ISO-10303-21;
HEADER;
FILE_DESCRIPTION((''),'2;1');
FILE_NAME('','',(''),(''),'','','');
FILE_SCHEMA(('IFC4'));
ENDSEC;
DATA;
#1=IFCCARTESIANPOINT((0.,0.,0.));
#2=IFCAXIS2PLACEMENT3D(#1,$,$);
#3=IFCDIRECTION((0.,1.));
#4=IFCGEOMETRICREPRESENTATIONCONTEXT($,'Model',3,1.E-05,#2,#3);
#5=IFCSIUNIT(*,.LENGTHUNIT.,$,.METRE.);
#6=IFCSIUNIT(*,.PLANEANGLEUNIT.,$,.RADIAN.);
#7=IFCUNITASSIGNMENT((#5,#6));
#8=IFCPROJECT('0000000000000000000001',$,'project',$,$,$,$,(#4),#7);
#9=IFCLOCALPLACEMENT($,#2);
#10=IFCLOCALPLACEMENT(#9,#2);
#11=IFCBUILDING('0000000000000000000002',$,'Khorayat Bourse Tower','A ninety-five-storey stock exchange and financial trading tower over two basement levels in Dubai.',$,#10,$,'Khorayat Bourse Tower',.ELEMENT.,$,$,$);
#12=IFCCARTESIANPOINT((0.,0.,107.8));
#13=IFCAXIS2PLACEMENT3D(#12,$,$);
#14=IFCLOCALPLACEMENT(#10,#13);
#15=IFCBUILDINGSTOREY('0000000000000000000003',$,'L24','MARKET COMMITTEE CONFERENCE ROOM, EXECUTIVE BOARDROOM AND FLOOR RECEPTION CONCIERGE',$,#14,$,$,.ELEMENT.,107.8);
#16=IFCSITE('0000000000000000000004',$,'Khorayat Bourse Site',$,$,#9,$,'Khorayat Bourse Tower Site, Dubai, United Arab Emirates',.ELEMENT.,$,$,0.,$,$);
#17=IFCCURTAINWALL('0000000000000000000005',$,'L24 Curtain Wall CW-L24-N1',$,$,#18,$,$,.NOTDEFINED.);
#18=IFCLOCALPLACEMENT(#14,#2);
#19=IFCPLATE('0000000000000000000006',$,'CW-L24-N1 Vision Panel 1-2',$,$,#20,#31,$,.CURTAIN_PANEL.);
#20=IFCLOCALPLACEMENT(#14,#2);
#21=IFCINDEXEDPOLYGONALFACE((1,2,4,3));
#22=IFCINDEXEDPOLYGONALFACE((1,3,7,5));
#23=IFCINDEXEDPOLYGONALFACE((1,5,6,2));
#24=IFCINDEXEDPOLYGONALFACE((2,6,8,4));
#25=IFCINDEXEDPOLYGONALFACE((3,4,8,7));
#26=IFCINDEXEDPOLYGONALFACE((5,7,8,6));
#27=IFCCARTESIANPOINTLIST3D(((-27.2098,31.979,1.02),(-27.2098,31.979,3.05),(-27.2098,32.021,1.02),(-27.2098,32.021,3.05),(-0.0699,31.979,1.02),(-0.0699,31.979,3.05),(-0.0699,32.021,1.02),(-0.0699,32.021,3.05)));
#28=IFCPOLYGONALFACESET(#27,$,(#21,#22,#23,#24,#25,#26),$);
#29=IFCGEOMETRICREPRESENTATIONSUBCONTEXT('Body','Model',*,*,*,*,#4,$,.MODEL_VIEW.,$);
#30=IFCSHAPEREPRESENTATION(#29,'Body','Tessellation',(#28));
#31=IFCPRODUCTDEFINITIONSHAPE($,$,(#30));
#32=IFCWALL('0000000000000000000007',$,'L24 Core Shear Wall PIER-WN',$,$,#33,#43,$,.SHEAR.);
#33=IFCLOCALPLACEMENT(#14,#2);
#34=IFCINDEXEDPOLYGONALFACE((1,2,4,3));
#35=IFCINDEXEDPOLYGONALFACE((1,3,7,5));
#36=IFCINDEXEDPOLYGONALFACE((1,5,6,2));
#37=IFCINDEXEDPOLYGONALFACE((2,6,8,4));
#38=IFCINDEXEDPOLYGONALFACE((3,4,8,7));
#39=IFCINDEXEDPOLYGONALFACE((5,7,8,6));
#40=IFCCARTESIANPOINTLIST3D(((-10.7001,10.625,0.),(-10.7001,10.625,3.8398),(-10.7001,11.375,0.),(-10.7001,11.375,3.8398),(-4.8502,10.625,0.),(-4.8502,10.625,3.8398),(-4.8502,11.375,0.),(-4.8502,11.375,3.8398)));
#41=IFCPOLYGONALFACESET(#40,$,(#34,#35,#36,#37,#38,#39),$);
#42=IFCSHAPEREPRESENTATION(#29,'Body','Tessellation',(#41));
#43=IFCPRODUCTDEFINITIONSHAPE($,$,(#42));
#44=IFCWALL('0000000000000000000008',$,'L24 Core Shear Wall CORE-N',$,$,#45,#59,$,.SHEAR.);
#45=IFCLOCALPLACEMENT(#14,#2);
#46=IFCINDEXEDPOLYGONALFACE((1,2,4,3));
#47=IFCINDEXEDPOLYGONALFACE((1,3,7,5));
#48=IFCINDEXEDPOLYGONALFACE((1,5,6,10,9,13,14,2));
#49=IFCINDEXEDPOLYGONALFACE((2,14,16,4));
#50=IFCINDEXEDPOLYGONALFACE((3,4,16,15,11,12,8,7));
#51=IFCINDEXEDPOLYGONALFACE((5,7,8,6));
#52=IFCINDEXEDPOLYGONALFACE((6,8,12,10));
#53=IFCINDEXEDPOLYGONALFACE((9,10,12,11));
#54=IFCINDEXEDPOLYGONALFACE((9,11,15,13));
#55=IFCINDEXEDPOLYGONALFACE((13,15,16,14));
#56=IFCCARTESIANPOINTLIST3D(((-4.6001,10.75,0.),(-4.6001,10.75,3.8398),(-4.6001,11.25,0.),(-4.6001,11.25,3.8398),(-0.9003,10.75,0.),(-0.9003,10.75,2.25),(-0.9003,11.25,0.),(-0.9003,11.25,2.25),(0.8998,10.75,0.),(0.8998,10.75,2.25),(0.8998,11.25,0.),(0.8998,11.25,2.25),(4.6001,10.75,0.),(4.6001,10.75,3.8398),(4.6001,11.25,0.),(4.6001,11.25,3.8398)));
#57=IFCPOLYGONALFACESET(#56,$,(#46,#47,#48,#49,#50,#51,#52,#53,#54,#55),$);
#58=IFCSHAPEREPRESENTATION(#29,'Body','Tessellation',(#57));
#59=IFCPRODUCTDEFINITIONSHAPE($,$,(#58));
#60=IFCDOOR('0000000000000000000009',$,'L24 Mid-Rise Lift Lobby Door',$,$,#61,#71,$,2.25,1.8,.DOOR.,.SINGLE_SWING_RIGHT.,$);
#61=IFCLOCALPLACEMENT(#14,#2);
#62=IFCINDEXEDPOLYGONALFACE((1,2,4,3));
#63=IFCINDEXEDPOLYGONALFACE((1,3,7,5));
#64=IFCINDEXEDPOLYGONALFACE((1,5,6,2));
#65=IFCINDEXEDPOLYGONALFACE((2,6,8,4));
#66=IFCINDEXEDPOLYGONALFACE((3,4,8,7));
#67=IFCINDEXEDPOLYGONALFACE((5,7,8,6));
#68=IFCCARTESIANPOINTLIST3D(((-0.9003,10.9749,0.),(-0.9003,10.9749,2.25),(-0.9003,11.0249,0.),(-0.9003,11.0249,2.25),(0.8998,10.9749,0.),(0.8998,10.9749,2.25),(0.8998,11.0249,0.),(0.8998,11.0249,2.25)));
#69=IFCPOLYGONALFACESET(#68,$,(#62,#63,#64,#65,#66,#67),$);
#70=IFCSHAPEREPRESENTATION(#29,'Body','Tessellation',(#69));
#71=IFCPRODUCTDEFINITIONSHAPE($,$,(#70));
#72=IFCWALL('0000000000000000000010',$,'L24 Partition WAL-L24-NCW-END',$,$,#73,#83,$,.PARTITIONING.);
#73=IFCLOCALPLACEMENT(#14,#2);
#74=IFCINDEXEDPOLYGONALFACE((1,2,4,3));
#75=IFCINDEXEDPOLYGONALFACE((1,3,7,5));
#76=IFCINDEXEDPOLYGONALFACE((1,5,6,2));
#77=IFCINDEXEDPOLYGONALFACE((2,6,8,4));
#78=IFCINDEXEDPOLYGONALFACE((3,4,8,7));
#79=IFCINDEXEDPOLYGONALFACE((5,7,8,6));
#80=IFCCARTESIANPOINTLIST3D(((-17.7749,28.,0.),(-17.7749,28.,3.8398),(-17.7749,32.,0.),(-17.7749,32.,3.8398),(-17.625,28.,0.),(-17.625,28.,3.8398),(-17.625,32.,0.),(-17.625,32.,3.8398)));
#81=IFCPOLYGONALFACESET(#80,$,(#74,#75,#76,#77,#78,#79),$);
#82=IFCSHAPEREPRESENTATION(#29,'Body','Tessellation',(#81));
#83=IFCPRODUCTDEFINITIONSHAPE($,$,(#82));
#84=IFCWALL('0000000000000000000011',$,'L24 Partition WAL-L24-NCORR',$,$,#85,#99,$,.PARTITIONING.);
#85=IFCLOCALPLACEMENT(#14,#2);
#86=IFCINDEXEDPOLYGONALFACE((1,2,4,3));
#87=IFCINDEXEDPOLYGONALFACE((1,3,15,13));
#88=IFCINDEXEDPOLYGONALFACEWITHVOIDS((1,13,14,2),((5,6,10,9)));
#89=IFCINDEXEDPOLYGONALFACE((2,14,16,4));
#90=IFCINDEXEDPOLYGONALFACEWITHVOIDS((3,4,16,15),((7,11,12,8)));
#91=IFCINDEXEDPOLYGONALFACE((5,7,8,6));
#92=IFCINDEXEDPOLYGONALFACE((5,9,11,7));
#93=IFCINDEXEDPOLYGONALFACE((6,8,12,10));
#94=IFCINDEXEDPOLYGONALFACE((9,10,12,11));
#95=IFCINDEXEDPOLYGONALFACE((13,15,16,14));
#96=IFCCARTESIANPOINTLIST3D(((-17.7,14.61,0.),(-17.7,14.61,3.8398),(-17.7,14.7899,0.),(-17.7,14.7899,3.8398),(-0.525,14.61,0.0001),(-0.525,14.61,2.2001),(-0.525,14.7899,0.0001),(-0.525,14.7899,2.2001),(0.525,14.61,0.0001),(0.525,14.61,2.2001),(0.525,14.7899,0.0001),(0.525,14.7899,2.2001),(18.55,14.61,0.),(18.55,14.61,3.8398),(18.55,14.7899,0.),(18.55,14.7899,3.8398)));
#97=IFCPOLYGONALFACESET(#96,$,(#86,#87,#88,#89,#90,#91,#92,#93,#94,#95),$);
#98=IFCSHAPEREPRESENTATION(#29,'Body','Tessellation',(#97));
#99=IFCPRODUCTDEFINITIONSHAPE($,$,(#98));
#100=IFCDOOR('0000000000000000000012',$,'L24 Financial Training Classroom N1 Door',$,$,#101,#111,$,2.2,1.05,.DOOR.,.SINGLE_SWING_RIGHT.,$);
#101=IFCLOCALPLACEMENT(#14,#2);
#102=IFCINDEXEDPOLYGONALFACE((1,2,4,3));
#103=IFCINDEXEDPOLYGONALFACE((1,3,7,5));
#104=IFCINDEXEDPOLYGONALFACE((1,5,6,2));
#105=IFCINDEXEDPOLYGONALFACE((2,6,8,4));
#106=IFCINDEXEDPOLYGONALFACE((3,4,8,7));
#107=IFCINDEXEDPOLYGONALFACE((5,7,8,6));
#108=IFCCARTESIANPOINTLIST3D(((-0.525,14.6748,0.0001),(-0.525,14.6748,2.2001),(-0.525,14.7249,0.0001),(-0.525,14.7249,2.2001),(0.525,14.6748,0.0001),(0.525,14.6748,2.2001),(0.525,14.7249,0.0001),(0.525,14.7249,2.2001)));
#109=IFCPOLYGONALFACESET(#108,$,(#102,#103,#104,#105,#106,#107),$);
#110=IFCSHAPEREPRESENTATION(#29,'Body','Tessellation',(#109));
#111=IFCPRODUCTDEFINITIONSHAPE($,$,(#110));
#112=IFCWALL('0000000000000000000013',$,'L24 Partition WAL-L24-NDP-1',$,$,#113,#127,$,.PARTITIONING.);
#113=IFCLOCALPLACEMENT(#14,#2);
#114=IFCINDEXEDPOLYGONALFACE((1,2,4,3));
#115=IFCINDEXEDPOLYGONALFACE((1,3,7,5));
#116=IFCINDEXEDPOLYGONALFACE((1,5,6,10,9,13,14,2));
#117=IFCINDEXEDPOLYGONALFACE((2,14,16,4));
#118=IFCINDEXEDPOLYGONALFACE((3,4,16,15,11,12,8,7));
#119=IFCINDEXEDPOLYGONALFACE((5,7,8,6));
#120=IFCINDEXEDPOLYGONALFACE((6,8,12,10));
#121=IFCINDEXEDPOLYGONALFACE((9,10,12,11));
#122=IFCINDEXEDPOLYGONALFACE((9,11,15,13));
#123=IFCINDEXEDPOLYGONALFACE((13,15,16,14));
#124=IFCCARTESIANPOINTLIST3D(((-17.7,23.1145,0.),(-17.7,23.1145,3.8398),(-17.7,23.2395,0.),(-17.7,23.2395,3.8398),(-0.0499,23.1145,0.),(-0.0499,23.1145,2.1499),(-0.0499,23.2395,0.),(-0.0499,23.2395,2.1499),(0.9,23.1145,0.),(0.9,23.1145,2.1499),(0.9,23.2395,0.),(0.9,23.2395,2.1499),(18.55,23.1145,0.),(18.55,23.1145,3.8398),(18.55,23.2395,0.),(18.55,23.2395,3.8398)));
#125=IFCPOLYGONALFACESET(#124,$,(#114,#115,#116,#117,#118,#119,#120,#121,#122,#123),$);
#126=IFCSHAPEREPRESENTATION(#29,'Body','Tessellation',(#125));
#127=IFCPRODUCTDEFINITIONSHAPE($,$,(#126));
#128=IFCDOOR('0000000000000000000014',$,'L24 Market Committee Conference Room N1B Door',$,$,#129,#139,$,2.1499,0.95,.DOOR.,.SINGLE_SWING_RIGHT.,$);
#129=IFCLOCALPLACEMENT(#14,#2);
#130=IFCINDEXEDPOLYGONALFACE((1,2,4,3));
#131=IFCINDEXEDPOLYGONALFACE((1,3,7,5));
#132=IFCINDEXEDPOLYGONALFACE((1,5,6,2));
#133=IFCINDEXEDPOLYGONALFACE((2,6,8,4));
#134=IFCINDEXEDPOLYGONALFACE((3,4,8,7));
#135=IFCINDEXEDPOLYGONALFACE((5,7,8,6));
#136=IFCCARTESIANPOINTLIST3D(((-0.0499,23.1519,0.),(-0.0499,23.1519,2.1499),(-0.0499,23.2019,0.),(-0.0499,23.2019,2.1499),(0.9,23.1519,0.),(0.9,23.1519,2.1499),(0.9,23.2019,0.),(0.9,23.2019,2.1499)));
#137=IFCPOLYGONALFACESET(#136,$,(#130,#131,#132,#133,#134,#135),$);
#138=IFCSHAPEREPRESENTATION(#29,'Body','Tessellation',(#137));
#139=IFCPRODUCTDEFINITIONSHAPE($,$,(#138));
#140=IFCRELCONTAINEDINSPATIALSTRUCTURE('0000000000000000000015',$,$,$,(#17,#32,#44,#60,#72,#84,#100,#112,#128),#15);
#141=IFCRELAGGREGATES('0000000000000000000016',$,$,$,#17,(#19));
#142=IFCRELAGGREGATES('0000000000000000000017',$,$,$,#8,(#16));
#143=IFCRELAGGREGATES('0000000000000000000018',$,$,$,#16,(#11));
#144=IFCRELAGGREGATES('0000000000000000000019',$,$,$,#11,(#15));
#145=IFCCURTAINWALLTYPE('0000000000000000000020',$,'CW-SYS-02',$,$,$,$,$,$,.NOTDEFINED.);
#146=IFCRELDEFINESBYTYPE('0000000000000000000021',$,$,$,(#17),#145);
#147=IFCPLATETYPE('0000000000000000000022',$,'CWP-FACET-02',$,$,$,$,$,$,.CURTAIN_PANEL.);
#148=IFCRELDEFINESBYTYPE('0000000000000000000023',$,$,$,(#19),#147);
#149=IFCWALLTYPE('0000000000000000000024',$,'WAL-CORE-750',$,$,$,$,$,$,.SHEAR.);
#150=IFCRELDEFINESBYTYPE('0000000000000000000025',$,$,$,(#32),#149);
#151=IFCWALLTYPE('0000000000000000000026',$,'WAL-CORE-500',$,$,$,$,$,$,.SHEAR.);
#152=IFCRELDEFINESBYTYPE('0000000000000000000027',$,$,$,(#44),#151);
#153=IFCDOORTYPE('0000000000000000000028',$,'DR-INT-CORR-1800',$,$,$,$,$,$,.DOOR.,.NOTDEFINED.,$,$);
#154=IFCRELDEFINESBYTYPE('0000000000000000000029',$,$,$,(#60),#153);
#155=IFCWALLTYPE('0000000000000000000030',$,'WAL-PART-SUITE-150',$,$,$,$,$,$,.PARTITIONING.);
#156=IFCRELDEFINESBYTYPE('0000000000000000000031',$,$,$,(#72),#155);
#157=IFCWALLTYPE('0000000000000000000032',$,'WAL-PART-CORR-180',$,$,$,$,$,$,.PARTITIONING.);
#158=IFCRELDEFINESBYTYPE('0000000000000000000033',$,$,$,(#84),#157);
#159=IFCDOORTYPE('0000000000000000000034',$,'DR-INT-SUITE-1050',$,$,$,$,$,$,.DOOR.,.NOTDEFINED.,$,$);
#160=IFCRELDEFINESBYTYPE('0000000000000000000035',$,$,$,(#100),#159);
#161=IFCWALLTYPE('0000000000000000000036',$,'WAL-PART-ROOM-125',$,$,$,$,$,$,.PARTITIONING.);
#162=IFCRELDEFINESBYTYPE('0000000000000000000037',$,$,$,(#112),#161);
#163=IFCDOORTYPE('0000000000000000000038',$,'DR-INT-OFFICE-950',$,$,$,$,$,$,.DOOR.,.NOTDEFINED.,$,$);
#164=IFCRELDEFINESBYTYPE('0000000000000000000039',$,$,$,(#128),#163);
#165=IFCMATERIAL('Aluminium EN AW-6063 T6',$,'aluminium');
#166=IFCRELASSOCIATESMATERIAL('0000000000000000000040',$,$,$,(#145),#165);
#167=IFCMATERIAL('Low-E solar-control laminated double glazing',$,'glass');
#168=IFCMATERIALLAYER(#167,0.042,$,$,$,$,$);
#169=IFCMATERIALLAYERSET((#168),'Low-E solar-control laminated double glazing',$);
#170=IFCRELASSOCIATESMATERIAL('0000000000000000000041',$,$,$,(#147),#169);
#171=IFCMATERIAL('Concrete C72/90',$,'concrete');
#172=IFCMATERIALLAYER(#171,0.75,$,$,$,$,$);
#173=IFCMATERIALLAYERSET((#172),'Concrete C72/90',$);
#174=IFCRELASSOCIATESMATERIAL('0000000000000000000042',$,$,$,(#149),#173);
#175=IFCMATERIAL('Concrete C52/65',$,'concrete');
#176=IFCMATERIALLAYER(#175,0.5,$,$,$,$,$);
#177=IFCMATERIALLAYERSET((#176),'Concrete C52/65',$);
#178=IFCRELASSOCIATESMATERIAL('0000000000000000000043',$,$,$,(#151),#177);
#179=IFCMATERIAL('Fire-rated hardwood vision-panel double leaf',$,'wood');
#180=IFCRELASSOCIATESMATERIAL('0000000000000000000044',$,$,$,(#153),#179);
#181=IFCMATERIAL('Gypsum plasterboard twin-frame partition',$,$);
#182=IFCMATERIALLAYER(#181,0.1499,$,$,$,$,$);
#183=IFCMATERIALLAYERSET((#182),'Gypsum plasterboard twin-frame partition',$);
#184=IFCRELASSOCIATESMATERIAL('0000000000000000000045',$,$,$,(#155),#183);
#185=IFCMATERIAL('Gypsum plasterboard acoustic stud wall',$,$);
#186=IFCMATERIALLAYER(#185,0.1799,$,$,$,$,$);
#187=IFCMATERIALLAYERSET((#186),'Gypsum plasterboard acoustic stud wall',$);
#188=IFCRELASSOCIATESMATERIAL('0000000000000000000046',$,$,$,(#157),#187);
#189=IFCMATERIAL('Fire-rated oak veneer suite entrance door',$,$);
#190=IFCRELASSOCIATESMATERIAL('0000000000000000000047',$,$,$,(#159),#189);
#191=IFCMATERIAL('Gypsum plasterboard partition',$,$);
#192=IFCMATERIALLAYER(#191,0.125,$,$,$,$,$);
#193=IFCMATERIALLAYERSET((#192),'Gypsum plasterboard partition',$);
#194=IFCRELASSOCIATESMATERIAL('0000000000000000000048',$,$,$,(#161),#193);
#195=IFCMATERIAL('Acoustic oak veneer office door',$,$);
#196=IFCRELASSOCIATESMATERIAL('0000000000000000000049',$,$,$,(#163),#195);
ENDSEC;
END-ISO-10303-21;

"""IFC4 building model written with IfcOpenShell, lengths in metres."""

from ifc_helpers import new_model, si_unit, direction, frame, frame_2d, origin, origin_2d, place, context, subcontext, project, spatial, rectangle, extrude, source, transform, mapped, material, layer, layer_set, type_object, element, fill, aggregate, save


model = new_model("IFC4")

# Units and contexts
model_context = context("Model", 3, precision=1e-05, world=origin(), true_north=direction((0.0, 1.0)))
body_context = subcontext(model_context, "Body", "Model", "MODEL_VIEW")
ifc_project = project(units=[si_unit("LENGTHUNIT", "METRE"), si_unit("PLANEANGLEUNIT", "RADIAN")], contexts=[model_context])

# Site, building, storey
site_placement = place(None, origin())
site = spatial("IfcSite", under=ifc_project, at=site_placement, Name="Khorayat Bourse Site", LongName="Khorayat Bourse Tower Site, Dubai, United Arab Emirates", CompositionType="ELEMENT", RefElevation=0.0)
building_placement = place(site_placement, origin())
building = spatial("IfcBuilding", under=site, at=building_placement, Name="Khorayat Bourse Tower", Description="A ninety-five-storey stock exchange and financial trading tower over two basement levels in Dubai.", LongName="Khorayat Bourse Tower", CompositionType="ELEMENT")
storey_placement = place(building_placement, frame((0.0, 0.0, 107.8)))
storey = spatial("IfcBuildingStorey", under=building, at=storey_placement, Name="L24", Description="MARKET COMMITTEE CONFERENCE ROOM, EXECUTIVE BOARDROOM AND FLOOR RECEPTION CONCIERGE", CompositionType="ELEMENT", Elevation=107.8)

# Shared definitions
ifc_material_1 = material(Name="Concrete C72/90", Category="concrete")

# Curtain wall
ifc_material_2 = material(Name="Aluminium EN AW-6063 T6", Category="aluminium")
curtain_wall_type = type_object("IfcCurtainWallType", Name="CW-SYS-02", PredefinedType="NOTDEFINED", material=ifc_material_2)
curtain_wall_placement = place(storey_placement, origin())
curtain_wall = element("IfcCurtainWall", 1, at=curtain_wall_placement, inside=storey, type_object=curtain_wall_type, Name="L24 Curtain Wall CW-L24-N1", PredefinedType="NOTDEFINED")

# Plate
ifc_material_3 = material(Name="Low-E solar-control laminated double glazing", Category="glass")
ifc_layer_1 = layer(ifc_material_3, 0.042)
ifc_layer_set_1 = layer_set([ifc_layer_1], Name="Low-E solar-control laminated double glazing")
plate_type_1 = type_object("IfcPlateType", Name="CWP-FACET-02", PredefinedType="CURTAIN_PANEL", material=ifc_layer_set_1)
shared_shape_1 = source(origin(), body_context, "Body", "SweptSolid", [
    extrude(rectangle(XDim=27.1399, YDim=0.042, at=origin_2d()), origin(), (0.0, 0.0, 1.0), 2.03),
])
plate_1_placement = place(storey_placement, frame((-13.6399, 32.0, 1.02), z_axis=(0.0, 0.0, 1.0), x_axis=(1.0, 0.0, 0.0)))
plate_1 = element("IfcPlate", 2, at=plate_1_placement, type_object=plate_type_1, Name="CW-L24-N1 Vision Panel 1-2", PredefinedType="CURTAIN_PANEL", context=body_context, shape_type="MappedRepresentation", body=[
    mapped(shared_shape_1, transform((0.0, 0.0, 0.0), scale=1.0)),
])
aggregate(curtain_wall, [plate_1])

# Wall
ifc_layer_2 = layer(ifc_material_1, 0.75)
ifc_layer_set_2 = layer_set([ifc_layer_2], Name="Concrete C72/90")
wall_type_1 = type_object("IfcWallType", Name="WAL-CORE-750", PredefinedType="SHEAR", material=ifc_layer_set_2)
shared_shape_2 = source(origin(), body_context, "Body", "SweptSolid", [
    extrude(rectangle(XDim=5.8499, YDim=0.75, at=frame_2d((2.9248, 0.0))), origin(), (0.0, 0.0, 1.0), 3.8398),
])
wall_1_placement = place(storey_placement, frame((-10.7, 11.0, 0.0), z_axis=(0.0, 0.0, 1.0), x_axis=(1.0, 0.0, 0.0)))
element("IfcWall", 3, at=wall_1_placement, inside=storey, type_object=wall_type_1, Name="L24 Core Shear Wall PIER-WN", PredefinedType="SHEAR", context=body_context, shape_type="MappedRepresentation", body=[
    mapped(shared_shape_2, transform((0.0, 0.0, 0.0), scale=1.0)),
])

# Wall, opening, door
ifc_material_4 = material(Name="Concrete C52/65", Category="concrete")
ifc_layer_3 = layer(ifc_material_4, 0.5)
ifc_layer_set_3 = layer_set([ifc_layer_3], Name="Concrete C52/65")
wall_type_2 = type_object("IfcWallType", Name="WAL-CORE-500", PredefinedType="SHEAR", material=ifc_layer_set_3)
shared_shape_3 = source(origin(), body_context, "Body", "SweptSolid", [
    extrude(rectangle(XDim=9.2002, YDim=0.5, at=frame_2d((4.6001, 0.0))), origin(), (0.0, 0.0, 1.0), 3.8398),
])
wall_2_placement = place(storey_placement, frame((-4.6001, 11.0, 0.0), z_axis=(0.0, 0.0, 1.0), x_axis=(1.0, 0.0, 0.0)))
wall_2 = element("IfcWall", 4, at=wall_2_placement, inside=storey, type_object=wall_type_2, Name="L24 Core Shear Wall CORE-N", PredefinedType="SHEAR", context=body_context, shape_type="MappedRepresentation", body=[
    mapped(shared_shape_3, transform((0.0, 0.0, 0.0), scale=1.0)),
])
shared_shape_4 = source(origin(), body_context, "Body", "SweptSolid", [
    extrude(rectangle(XDim=1.8, YDim=2.25, at=frame_2d((0.8999, 1.125))), frame((0.0, 0.26, 0.0), z_axis=(0.0, -1.0, 0.0), x_axis=(1.0, 0.0, 0.0)), (0.0, 0.0, 1.0), 0.52),
])
opening_1_placement = place(wall_2_placement, frame((3.7, 0.0, 0.0)))
opening_1 = element("IfcOpeningElement", 5, at=opening_1_placement, cuts=wall_2, PredefinedType="OPENING", context=body_context, shape_type="MappedRepresentation", body=[
    mapped(shared_shape_4, transform((0.0, 0.0, 0.0), scale=1.0)),
])
ifc_material_5 = material(Name="Fire-rated hardwood vision-panel double leaf", Category="wood")
door_type_1 = type_object("IfcDoorType", Name="DR-INT-CORR-1800", OperationType="NOTDEFINED", PredefinedType="DOOR", material=ifc_material_5)
shared_shape_5 = source(origin(), body_context, "Body", "SweptSolid", [
    extrude(rectangle(XDim=1.8, YDim=2.25, at=frame_2d((0.8999, 1.125))), frame((0.0, 0.0249, 0.0), z_axis=(0.0, -1.0, 0.0), x_axis=(1.0, 0.0, 0.0)), (0.0, 0.0, 1.0), 0.05),
])
door_1_placement = place(opening_1_placement, origin())
door_1 = element("IfcDoor", 6, at=door_1_placement, inside=storey, type_object=door_type_1, Name="L24 Mid-Rise Lift Lobby Door", OperationType="SINGLE_SWING_RIGHT", OverallHeight=2.25, OverallWidth=1.8, PredefinedType="DOOR", context=body_context, shape_type="MappedRepresentation", body=[
    mapped(shared_shape_5, transform((0.0, 0.0, 0.0), scale=1.0)),
])
fill(opening_1, door_1)

# Wall
ifc_material_6 = material(Name="Gypsum plasterboard twin-frame partition")
ifc_layer_4 = layer(ifc_material_6, 0.1499)
ifc_layer_set_4 = layer_set([ifc_layer_4], Name="Gypsum plasterboard twin-frame partition")
wall_type_3 = type_object("IfcWallType", Name="WAL-PART-SUITE-150", PredefinedType="PARTITIONING", material=ifc_layer_set_4)
shared_shape_6 = source(origin(), body_context, "Body", "SweptSolid", [
    extrude(rectangle(XDim=4.0, YDim=0.1499, at=frame_2d((2.0, 0.0))), origin(), (0.0, 0.0, 1.0), 3.8398),
])
wall_3_placement = place(storey_placement, frame((-17.7, 28.0, 0.0), z_axis=(0.0, 0.0, 1.0), x_axis=(0.0, 1.0, 0.0)))
element("IfcWall", 7, at=wall_3_placement, inside=storey, type_object=wall_type_3, Name="L24 Partition WAL-L24-NCW-END", PredefinedType="PARTITIONING", context=body_context, shape_type="MappedRepresentation", body=[
    mapped(shared_shape_6, transform((0.0, 0.0, 0.0), scale=1.0)),
])

# Walls, openings, doors
ifc_material_7 = material(Name="Gypsum plasterboard acoustic stud wall")
ifc_layer_5 = layer(ifc_material_7, 0.1799)
ifc_layer_set_5 = layer_set([ifc_layer_5], Name="Gypsum plasterboard acoustic stud wall")
wall_type_4 = type_object("IfcWallType", Name="WAL-PART-CORR-180", PredefinedType="PARTITIONING", material=ifc_layer_set_5)
shared_shape_7 = source(origin(), body_context, "Body", "SweptSolid", [
    extrude(rectangle(XDim=36.25, YDim=0.1799, at=frame_2d((18.125, 0.0))), origin(), (0.0, 0.0, 1.0), 3.8398),
])
wall_4_placement = place(storey_placement, frame((-17.7, 14.7, 0.0), z_axis=(0.0, 0.0, 1.0), x_axis=(1.0, 0.0, 0.0)))
wall_4 = element("IfcWall", 8, at=wall_4_placement, inside=storey, type_object=wall_type_4, Name="L24 Partition WAL-L24-NCORR", PredefinedType="PARTITIONING", context=body_context, shape_type="MappedRepresentation", body=[
    mapped(shared_shape_7, transform((0.0, 0.0, 0.0), scale=1.0)),
])
shared_shape_8 = source(origin(), body_context, "Body", "SweptSolid", [
    extrude(rectangle(XDim=1.05, YDim=2.2, at=frame_2d((0.5249, 1.1001))), frame((0.0, 0.0999, 0.0), z_axis=(0.0, -1.0, 0.0), x_axis=(1.0, 0.0, 0.0)), (0.0, 0.0, 1.0), 0.2),
])
opening_2_placement = place(wall_4_placement, frame((17.175, 0.0, 0.0)))
opening_2 = element("IfcOpeningElement", 9, at=opening_2_placement, cuts=wall_4, PredefinedType="OPENING", context=body_context, shape_type="MappedRepresentation", body=[
    mapped(shared_shape_8, transform((0.0, 0.0, 0.0), scale=1.0)),
])
ifc_material_8 = material(Name="Fire-rated oak veneer suite entrance door")
door_type_2 = type_object("IfcDoorType", Name="DR-INT-SUITE-1050", OperationType="NOTDEFINED", PredefinedType="DOOR", material=ifc_material_8)
shared_shape_9 = source(origin(), body_context, "Body", "SweptSolid", [
    extrude(rectangle(XDim=1.05, YDim=2.2, at=frame_2d((0.5249, 1.1001))), frame((0.0, 0.0249, 0.0), z_axis=(0.0, -1.0, 0.0), x_axis=(1.0, 0.0, 0.0)), (0.0, 0.0, 1.0), 0.05),
])
door_2_placement = place(opening_2_placement, origin())
door_2 = element("IfcDoor", 10, at=door_2_placement, inside=storey, type_object=door_type_2, Name="L24 Financial Training Classroom N1 Door", OperationType="SINGLE_SWING_RIGHT", OverallHeight=2.2, OverallWidth=1.05, PredefinedType="DOOR", context=body_context, shape_type="MappedRepresentation", body=[
    mapped(shared_shape_9, transform((0.0, 0.0, 0.0), scale=1.0)),
])
fill(opening_2, door_2)
ifc_material_9 = material(Name="Gypsum plasterboard partition")
ifc_layer_6 = layer(ifc_material_9, 0.125)
ifc_layer_set_6 = layer_set([ifc_layer_6], Name="Gypsum plasterboard partition")
wall_type_5 = type_object("IfcWallType", Name="WAL-PART-ROOM-125", PredefinedType="PARTITIONING", material=ifc_layer_set_6)
shared_shape_10 = source(origin(), body_context, "Body", "SweptSolid", [
    extrude(rectangle(XDim=36.25, YDim=0.125, at=frame_2d((18.125, 0.0))), origin(), (0.0, 0.0, 1.0), 3.8398),
])
wall_5_placement = place(storey_placement, frame((-17.7, 23.177, 0.0), z_axis=(0.0, 0.0, 1.0), x_axis=(1.0, 0.0, 0.0)))
wall_5 = element("IfcWall", 11, at=wall_5_placement, inside=storey, type_object=wall_type_5, Name="L24 Partition WAL-L24-NDP-1", PredefinedType="PARTITIONING", context=body_context, shape_type="MappedRepresentation", body=[
    mapped(shared_shape_10, transform((0.0, 0.0, 0.0), scale=1.0)),
])
shared_shape_11 = source(origin(), body_context, "Body", "SweptSolid", [
    extrude(rectangle(XDim=0.95, YDim=2.1499, at=frame_2d((0.4751, 1.075))), frame((0.0, 0.0725, 0.0), z_axis=(0.0, -1.0, 0.0), x_axis=(1.0, 0.0, 0.0)), (0.0, 0.0, 1.0), 0.145),
])
opening_3_placement = place(wall_5_placement, frame((17.6499, 0.0, 0.0)))
opening_3 = element("IfcOpeningElement", 12, at=opening_3_placement, cuts=wall_5, PredefinedType="OPENING", context=body_context, shape_type="MappedRepresentation", body=[
    mapped(shared_shape_11, transform((0.0, 0.0, 0.0), scale=1.0)),
])
ifc_material_10 = material(Name="Acoustic oak veneer office door")
door_type_3 = type_object("IfcDoorType", Name="DR-INT-OFFICE-950", OperationType="NOTDEFINED", PredefinedType="DOOR", material=ifc_material_10)
shared_shape_12 = source(origin(), body_context, "Body", "SweptSolid", [
    extrude(rectangle(XDim=0.95, YDim=2.1499, at=frame_2d((0.4751, 1.075))), frame((0.0, 0.0249, 0.0), z_axis=(0.0, -1.0, 0.0), x_axis=(1.0, 0.0, 0.0)), (0.0, 0.0, 1.0), 0.05),
])
door_3_placement = place(opening_3_placement, origin())
door_3 = element("IfcDoor", 13, at=door_3_placement, inside=storey, type_object=door_type_3, Name="L24 Market Committee Conference Room N1B Door", OperationType="SINGLE_SWING_RIGHT", OverallHeight=2.1499, OverallWidth=0.95, PredefinedType="DOOR", context=body_context, shape_type="MappedRepresentation", body=[
    mapped(shared_shape_12, transform((0.0, 0.0, 0.0), scale=1.0)),
])
fill(opening_3, door_3)

save(model, "model.ifc")
